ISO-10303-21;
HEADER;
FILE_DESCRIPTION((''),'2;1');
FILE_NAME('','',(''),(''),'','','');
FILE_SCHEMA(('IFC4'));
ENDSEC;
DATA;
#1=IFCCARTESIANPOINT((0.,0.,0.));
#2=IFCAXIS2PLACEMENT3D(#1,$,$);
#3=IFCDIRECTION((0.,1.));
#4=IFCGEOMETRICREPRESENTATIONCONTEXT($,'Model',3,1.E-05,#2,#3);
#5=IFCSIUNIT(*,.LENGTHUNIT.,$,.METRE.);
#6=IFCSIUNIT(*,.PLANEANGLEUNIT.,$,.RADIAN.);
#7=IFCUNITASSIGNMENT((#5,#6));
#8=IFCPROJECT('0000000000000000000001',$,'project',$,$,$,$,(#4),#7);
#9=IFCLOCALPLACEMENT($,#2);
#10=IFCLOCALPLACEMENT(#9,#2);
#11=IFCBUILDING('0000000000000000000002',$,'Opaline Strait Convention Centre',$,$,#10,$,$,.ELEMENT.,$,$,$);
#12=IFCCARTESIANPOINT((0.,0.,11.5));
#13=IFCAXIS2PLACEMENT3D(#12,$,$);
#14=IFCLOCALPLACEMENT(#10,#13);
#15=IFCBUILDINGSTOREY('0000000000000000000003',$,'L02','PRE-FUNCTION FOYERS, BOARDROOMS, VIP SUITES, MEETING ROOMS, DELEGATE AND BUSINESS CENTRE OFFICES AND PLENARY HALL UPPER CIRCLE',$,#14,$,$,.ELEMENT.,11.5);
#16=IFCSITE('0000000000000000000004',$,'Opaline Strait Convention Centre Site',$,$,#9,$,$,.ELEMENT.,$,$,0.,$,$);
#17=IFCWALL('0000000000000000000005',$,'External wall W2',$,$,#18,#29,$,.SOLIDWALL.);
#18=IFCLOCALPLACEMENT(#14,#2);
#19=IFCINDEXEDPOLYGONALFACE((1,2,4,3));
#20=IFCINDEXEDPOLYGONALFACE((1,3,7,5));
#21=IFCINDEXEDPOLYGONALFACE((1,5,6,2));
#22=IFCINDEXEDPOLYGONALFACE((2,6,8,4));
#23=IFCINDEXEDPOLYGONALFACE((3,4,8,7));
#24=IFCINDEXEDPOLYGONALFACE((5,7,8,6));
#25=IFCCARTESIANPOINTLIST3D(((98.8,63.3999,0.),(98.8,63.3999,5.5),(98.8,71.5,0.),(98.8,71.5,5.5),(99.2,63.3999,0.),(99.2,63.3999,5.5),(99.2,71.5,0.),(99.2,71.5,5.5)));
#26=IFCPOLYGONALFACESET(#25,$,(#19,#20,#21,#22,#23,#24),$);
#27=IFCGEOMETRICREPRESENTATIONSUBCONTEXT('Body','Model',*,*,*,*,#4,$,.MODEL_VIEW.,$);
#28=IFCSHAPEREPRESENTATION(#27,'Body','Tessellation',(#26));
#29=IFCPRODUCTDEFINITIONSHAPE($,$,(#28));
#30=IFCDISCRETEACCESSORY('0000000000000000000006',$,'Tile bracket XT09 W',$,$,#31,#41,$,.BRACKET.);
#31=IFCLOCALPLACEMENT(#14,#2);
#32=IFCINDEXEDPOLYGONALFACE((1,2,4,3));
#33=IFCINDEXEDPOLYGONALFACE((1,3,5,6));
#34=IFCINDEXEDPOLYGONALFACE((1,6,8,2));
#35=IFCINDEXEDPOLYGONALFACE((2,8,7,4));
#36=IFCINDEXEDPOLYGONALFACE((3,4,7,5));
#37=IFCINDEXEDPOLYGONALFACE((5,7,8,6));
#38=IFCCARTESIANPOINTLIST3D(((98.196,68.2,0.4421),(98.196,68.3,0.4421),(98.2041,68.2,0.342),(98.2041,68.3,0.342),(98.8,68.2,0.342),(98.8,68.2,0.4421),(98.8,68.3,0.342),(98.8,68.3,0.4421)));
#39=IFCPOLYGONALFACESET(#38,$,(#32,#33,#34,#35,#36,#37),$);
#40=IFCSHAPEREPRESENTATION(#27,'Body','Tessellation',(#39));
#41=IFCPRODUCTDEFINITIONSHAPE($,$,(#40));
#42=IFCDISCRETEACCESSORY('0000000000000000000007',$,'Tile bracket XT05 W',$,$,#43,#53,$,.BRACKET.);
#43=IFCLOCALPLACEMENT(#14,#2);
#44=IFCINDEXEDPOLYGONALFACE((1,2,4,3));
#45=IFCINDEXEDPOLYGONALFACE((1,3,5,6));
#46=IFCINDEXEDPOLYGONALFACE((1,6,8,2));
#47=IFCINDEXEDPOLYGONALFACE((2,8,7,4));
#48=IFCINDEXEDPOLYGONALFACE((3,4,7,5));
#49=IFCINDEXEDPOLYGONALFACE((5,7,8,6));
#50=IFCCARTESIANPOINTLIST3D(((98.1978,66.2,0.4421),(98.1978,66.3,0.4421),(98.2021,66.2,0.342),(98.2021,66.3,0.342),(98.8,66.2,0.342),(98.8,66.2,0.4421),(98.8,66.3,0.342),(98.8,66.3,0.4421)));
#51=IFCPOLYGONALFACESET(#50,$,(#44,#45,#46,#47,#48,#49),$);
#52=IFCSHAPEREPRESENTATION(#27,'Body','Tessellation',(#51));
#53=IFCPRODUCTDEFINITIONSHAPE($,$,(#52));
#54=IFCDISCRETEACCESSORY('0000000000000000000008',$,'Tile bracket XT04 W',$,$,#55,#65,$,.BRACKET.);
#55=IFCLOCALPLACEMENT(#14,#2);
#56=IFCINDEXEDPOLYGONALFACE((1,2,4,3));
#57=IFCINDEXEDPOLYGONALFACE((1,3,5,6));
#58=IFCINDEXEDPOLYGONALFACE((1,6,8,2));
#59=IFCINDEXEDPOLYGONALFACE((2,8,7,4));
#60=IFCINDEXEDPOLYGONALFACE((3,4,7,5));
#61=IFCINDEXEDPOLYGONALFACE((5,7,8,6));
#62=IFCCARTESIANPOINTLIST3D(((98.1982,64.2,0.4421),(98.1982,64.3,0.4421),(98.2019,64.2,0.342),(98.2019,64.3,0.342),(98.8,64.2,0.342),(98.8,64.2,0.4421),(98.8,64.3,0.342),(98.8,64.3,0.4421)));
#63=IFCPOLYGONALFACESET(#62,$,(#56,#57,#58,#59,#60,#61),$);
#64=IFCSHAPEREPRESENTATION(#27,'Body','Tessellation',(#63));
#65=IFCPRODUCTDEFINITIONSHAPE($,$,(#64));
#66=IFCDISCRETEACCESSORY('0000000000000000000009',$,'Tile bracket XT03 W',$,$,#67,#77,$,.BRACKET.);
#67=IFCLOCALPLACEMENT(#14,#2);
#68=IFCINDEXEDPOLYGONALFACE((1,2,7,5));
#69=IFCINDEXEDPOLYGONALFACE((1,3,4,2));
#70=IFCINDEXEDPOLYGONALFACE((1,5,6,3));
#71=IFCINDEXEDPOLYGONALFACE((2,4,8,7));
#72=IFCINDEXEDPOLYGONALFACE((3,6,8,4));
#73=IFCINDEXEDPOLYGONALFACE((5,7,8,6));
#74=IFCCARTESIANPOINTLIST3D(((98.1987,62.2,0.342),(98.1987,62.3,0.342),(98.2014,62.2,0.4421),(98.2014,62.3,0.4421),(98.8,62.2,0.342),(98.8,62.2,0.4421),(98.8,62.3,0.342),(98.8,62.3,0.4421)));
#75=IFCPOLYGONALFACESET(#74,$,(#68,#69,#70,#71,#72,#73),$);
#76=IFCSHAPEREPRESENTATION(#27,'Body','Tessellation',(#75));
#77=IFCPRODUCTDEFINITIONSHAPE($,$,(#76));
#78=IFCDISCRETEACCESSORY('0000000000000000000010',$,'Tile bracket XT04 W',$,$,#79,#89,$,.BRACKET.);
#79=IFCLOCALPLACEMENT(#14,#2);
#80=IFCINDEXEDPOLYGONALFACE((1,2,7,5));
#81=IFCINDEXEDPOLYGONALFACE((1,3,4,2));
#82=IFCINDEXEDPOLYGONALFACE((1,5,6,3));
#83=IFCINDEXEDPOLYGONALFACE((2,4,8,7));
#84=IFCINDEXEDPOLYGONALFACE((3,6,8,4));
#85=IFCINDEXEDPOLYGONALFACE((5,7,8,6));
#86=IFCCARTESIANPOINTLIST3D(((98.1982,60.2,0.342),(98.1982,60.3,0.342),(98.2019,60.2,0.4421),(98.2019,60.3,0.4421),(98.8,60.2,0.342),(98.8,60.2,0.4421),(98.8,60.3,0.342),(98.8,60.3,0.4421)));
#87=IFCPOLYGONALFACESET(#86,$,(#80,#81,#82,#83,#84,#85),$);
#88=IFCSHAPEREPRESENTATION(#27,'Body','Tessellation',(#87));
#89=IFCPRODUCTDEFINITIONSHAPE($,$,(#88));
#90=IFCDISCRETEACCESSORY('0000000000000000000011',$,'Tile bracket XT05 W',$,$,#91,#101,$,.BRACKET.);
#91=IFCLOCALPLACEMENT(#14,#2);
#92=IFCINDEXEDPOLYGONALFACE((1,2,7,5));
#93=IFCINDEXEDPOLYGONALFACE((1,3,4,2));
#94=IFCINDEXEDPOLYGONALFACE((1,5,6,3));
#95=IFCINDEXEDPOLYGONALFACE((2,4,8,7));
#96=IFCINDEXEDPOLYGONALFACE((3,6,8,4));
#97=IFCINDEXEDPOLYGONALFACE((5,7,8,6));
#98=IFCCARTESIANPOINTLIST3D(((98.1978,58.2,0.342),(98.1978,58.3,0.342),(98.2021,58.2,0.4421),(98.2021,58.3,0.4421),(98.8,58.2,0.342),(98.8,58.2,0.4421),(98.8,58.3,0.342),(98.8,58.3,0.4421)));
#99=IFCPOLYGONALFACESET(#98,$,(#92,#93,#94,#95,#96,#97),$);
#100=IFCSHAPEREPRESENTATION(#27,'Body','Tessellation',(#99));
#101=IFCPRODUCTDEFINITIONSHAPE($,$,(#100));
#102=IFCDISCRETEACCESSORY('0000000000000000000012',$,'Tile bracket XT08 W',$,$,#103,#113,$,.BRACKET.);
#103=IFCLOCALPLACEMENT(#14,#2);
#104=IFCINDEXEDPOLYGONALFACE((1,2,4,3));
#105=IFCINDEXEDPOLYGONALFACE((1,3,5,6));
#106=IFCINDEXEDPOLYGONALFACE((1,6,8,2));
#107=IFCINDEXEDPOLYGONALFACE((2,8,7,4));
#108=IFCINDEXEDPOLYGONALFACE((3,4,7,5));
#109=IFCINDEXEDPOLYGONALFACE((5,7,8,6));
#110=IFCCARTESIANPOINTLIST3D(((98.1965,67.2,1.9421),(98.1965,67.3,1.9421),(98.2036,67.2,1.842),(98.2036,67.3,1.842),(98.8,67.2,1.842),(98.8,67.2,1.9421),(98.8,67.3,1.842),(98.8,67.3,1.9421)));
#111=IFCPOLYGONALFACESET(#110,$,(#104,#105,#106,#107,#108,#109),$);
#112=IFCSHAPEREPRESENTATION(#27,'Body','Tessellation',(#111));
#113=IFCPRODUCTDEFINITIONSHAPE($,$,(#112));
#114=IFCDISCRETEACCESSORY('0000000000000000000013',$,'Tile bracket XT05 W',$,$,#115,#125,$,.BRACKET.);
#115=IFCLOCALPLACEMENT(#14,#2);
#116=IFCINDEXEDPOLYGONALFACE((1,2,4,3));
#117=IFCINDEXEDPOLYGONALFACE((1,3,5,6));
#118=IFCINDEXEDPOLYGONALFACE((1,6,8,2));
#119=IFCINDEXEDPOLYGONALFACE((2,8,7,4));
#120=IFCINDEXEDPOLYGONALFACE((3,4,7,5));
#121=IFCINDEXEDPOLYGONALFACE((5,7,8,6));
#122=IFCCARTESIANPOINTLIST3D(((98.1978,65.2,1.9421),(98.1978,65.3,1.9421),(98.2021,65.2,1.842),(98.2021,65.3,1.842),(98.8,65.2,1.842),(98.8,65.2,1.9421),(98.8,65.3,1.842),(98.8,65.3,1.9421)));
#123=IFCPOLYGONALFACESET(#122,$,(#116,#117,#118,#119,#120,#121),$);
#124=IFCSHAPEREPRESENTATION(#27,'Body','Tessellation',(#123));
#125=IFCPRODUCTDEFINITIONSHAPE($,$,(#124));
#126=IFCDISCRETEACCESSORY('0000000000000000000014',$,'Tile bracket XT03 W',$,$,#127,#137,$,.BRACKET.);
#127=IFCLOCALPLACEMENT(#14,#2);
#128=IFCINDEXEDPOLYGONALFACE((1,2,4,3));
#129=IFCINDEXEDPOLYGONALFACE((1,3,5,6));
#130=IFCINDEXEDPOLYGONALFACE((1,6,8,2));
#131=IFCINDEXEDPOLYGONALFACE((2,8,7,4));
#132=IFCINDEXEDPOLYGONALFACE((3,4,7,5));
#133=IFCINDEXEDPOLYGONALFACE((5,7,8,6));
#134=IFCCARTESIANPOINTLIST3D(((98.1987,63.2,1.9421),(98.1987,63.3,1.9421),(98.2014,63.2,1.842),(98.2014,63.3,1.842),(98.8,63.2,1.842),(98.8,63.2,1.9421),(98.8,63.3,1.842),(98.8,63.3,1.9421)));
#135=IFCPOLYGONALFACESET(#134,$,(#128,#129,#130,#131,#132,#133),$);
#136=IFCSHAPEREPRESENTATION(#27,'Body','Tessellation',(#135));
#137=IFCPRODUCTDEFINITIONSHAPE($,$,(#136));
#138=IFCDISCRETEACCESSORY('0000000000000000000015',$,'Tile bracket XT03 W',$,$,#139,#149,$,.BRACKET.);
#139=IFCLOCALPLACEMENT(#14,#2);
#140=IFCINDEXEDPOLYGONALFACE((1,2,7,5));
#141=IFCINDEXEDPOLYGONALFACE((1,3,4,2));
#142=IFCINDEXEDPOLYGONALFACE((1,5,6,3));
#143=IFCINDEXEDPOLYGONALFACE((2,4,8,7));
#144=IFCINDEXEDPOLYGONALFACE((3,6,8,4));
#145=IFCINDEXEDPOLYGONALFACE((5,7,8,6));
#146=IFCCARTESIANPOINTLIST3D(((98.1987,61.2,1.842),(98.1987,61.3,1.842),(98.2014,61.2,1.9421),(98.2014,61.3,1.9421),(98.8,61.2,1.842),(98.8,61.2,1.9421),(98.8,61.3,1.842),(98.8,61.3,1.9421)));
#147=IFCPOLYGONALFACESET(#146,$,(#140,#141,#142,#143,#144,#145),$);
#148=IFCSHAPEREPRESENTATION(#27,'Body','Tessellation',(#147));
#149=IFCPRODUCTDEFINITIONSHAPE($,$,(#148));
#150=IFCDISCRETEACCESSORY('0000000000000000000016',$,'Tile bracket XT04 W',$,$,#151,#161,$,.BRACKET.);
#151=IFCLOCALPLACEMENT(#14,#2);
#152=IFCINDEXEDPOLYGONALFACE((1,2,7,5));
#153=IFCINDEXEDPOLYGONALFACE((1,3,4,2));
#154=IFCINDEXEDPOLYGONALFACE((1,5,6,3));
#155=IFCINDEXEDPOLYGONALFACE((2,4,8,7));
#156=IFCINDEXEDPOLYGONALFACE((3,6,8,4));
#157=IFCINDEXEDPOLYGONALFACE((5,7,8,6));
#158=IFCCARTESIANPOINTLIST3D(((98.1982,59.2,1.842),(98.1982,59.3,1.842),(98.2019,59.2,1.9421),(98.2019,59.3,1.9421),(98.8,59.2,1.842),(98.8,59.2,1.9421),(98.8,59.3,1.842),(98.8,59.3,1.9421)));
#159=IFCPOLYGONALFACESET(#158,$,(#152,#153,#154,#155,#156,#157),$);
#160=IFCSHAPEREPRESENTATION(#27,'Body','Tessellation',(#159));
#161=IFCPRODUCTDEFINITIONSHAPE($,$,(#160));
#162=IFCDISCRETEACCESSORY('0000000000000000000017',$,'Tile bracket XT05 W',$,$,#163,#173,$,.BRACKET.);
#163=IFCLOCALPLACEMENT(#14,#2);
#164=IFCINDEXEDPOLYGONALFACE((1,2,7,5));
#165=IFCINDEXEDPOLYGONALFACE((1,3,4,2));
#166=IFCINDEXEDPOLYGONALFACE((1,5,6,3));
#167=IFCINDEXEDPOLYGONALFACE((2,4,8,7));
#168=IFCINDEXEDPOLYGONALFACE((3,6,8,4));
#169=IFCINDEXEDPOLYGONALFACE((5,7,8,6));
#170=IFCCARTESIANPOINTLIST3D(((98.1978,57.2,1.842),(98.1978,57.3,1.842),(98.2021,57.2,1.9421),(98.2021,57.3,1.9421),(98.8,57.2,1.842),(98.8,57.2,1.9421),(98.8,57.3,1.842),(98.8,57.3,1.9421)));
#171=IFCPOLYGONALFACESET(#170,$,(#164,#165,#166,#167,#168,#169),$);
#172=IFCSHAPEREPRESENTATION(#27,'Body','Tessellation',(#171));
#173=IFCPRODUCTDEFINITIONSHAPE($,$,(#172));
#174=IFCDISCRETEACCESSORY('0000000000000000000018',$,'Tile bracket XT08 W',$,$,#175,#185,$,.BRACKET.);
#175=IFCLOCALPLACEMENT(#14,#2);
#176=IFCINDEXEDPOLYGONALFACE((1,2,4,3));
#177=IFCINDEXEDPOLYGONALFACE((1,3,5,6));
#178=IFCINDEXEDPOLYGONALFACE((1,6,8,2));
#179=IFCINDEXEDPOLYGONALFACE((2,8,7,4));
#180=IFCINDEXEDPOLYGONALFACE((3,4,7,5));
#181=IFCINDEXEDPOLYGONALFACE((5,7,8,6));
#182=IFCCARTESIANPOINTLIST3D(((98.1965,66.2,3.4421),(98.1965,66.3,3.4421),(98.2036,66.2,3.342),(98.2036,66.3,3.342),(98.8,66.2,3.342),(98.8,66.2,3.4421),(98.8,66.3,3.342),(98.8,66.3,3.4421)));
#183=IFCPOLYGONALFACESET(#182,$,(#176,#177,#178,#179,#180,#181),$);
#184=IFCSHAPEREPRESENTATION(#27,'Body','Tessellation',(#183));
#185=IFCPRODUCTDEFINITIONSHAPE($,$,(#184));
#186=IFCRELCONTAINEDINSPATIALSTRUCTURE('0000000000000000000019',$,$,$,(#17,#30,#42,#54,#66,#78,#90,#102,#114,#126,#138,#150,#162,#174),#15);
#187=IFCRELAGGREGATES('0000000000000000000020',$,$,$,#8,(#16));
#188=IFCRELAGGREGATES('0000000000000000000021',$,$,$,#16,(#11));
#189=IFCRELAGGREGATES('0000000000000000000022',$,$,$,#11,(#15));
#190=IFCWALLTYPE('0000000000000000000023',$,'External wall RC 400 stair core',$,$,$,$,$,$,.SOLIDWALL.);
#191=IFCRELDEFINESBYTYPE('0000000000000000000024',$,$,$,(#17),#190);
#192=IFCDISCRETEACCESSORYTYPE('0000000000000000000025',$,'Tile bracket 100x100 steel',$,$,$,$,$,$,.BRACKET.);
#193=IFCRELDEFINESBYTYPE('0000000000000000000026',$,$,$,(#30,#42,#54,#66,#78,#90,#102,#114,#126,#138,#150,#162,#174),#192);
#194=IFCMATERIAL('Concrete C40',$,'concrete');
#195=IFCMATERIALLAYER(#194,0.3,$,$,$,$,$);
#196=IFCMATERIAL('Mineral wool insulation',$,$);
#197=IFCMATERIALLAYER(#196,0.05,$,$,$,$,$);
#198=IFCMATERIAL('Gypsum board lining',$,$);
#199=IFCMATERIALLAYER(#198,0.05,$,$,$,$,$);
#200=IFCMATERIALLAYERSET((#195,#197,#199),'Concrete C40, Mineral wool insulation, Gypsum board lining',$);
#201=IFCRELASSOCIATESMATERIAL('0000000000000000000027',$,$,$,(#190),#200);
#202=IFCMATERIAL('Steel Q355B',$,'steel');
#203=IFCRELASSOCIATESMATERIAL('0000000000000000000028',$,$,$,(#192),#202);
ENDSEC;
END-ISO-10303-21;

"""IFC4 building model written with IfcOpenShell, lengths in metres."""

from ifc_helpers import new_model, si_unit, direction, frame, frame_2d, origin, place, context, subcontext, project, spatial, polyline, rectangle, outline, extrude, material, layer, layer_set, type_object, element, save


model = new_model("IFC4")

# Units and contexts
model_context = context("Model", 3, precision=1e-05, world=origin(), true_north=direction((0.0, 1.0)))
body_context = subcontext(model_context, "Body", "Model", "MODEL_VIEW")
ifc_project = project(units=[si_unit("LENGTHUNIT", "METRE"), si_unit("PLANEANGLEUNIT", "RADIAN")], contexts=[model_context])

# Site, building, storey
site_placement = place(None, origin())
site = spatial("IfcSite", under=ifc_project, at=site_placement, Name="Opaline Strait Convention Centre Site", CompositionType="ELEMENT", RefElevation=0.0)
building_placement = place(site_placement, origin())
building = spatial("IfcBuilding", under=site, at=building_placement, Name="Opaline Strait Convention Centre", CompositionType="ELEMENT")
storey_placement = place(building_placement, frame((0.0, 0.0, 11.5)))
storey = spatial("IfcBuildingStorey", under=building, at=storey_placement, Name="L02", Description="PRE-FUNCTION FOYERS, BOARDROOMS, VIP SUITES, MEETING ROOMS, DELEGATE AND BUSINESS CENTRE OFFICES AND PLENARY HALL UPPER CIRCLE", CompositionType="ELEMENT", Elevation=11.5)

# Wall
ifc_material_1 = material(Name="Concrete C40", Category="concrete")
ifc_layer_1 = layer(ifc_material_1, 0.3)
ifc_material_2 = material(Name="Mineral wool insulation")
ifc_layer_2 = layer(ifc_material_2, 0.05)
ifc_material_3 = material(Name="Gypsum board lining")
ifc_layer_3 = layer(ifc_material_3, 0.05)
ifc_layer_set = layer_set([ifc_layer_1, ifc_layer_2, ifc_layer_3], Name="Concrete C40, Mineral wool insulation, Gypsum board lining")
wall_type = type_object("IfcWallType", Name="External wall RC 400 stair core", PredefinedType="SOLIDWALL", material=ifc_layer_set)
wall_placement = place(storey_placement, frame((99.0, 63.3999, 0.0), z_axis=(0.0, 0.0, 1.0), x_axis=(0.0, 1.0, 0.0)))
element("IfcWall", 1, at=wall_placement, inside=storey, type_object=wall_type, Name="External wall W2", PredefinedType="SOLIDWALL", context=body_context, shape_type="SweptSolid", body=[
    extrude(rectangle(XDim=8.1001, YDim=0.3999, at=frame_2d((4.05, 0.0))), origin(), (0.0, 0.0, 1.0), 5.5),
])

# Discrete accessories
ifc_material_4 = material(Name="Steel Q355B", Category="steel")
discrete_accessory_type = type_object("IfcDiscreteAccessoryType", Name="Tile bracket 100x100 steel", PredefinedType="BRACKET", material=ifc_material_4)
discrete_accessory_1_placement = place(storey_placement, frame((98.8, 68.3, 0.3921), z_axis=(0.0, -1.0, 0.0), x_axis=(1.0, 0.0, 0.0)))
element("IfcDiscreteAccessory", 2, at=discrete_accessory_1_placement, inside=storey, type_object=discrete_accessory_type, Name="Tile bracket XT09 W", PredefinedType="BRACKET", context=body_context, shape_type="SweptSolid", body=[
    extrude(outline(polyline([(0.0, -0.05), (0.0, 0.05), (-0.604, 0.05), (-0.5959, -0.05), (0.0, -0.05)])), origin(), (0.0, 0.0, 1.0), 0.1001),
])
discrete_accessory_2_placement = place(storey_placement, frame((98.8, 66.3, 0.3921), z_axis=(0.0, -1.0, 0.0), x_axis=(1.0, 0.0, 0.0)))
element("IfcDiscreteAccessory", 3, at=discrete_accessory_2_placement, inside=storey, type_object=discrete_accessory_type, Name="Tile bracket XT05 W", PredefinedType="BRACKET", context=body_context, shape_type="SweptSolid", body=[
    extrude(outline(polyline([(0.0, -0.05), (0.0, 0.05), (-0.6023, 0.05), (-0.5979, -0.05), (0.0, -0.05)])), origin(), (0.0, 0.0, 1.0), 0.1001),
])
discrete_accessory_3_placement = place(storey_placement, frame((98.8, 64.3, 0.3921), z_axis=(0.0, -1.0, 0.0), x_axis=(1.0, 0.0, 0.0)))
element("IfcDiscreteAccessory", 4, at=discrete_accessory_3_placement, inside=storey, type_object=discrete_accessory_type, Name="Tile bracket XT04 W", PredefinedType="BRACKET", context=body_context, shape_type="SweptSolid", body=[
    extrude(outline(polyline([(0.0, -0.05), (0.0, 0.05), (-0.6018, 0.05), (-0.5981, -0.05), (0.0, -0.05)])), origin(), (0.0, 0.0, 1.0), 0.1001),
])
discrete_accessory_4_placement = place(storey_placement, frame((98.8, 62.3, 0.3921), z_axis=(0.0, -1.0, 0.0), x_axis=(1.0, 0.0, 0.0)))
element("IfcDiscreteAccessory", 5, at=discrete_accessory_4_placement, inside=storey, type_object=discrete_accessory_type, Name="Tile bracket XT03 W", PredefinedType="BRACKET", context=body_context, shape_type="SweptSolid", body=[
    extrude(outline(polyline([(0.0, -0.05), (0.0, 0.05), (-0.5986, 0.05), (-0.6013, -0.05), (0.0, -0.05)])), origin(), (0.0, 0.0, 1.0), 0.1001),
])
discrete_accessory_5_placement = place(storey_placement, frame((98.8, 60.3, 0.3921), z_axis=(0.0, -1.0, 0.0), x_axis=(1.0, 0.0, 0.0)))
element("IfcDiscreteAccessory", 6, at=discrete_accessory_5_placement, inside=storey, type_object=discrete_accessory_type, Name="Tile bracket XT04 W", PredefinedType="BRACKET", context=body_context, shape_type="SweptSolid", body=[
    extrude(outline(polyline([(0.0, -0.05), (0.0, 0.05), (-0.5981, 0.05), (-0.6018, -0.05), (0.0, -0.05)])), origin(), (0.0, 0.0, 1.0), 0.1001),
])
discrete_accessory_6_placement = place(storey_placement, frame((98.8, 58.3, 0.3921), z_axis=(0.0, -1.0, 0.0), x_axis=(1.0, 0.0, 0.0)))
element("IfcDiscreteAccessory", 7, at=discrete_accessory_6_placement, inside=storey, type_object=discrete_accessory_type, Name="Tile bracket XT05 W", PredefinedType="BRACKET", context=body_context, shape_type="SweptSolid", body=[
    extrude(outline(polyline([(0.0, -0.05), (0.0, 0.05), (-0.5979, 0.05), (-0.6023, -0.05), (0.0, -0.05)])), origin(), (0.0, 0.0, 1.0), 0.1001),
])
discrete_accessory_7_placement = place(storey_placement, frame((98.8, 67.3, 1.8921), z_axis=(0.0, -1.0, 0.0), x_axis=(1.0, 0.0, 0.0)))
element("IfcDiscreteAccessory", 8, at=discrete_accessory_7_placement, inside=storey, type_object=discrete_accessory_type, Name="Tile bracket XT08 W", PredefinedType="BRACKET", context=body_context, shape_type="SweptSolid", body=[
    extrude(outline(polyline([(0.0, -0.05), (0.0, 0.05), (-0.6035, 0.05), (-0.5964, -0.05), (0.0, -0.05)])), origin(), (0.0, 0.0, 1.0), 0.1001),
])
discrete_accessory_8_placement = place(storey_placement, frame((98.8, 65.3, 1.8921), z_axis=(0.0, -1.0, 0.0), x_axis=(1.0, 0.0, 0.0)))
element("IfcDiscreteAccessory", 9, at=discrete_accessory_8_placement, inside=storey, type_object=discrete_accessory_type, Name="Tile bracket XT05 W", PredefinedType="BRACKET", context=body_context, shape_type="SweptSolid", body=[
    extrude(outline(polyline([(0.0, -0.05), (0.0, 0.05), (-0.6023, 0.05), (-0.5979, -0.05), (0.0, -0.05)])), origin(), (0.0, 0.0, 1.0), 0.1001),
])
discrete_accessory_9_placement = place(storey_placement, frame((98.8, 63.3, 1.8921), z_axis=(0.0, -1.0, 0.0), x_axis=(1.0, 0.0, 0.0)))
element("IfcDiscreteAccessory", 10, at=discrete_accessory_9_placement, inside=storey, type_object=discrete_accessory_type, Name="Tile bracket XT03 W", PredefinedType="BRACKET", context=body_context, shape_type="SweptSolid", body=[
    extrude(outline(polyline([(0.0, -0.05), (0.0, 0.05), (-0.6013, 0.05), (-0.5986, -0.05), (0.0, -0.05)])), origin(), (0.0, 0.0, 1.0), 0.1001),
])
discrete_accessory_10_placement = place(storey_placement, frame((98.8, 61.3, 1.8921), z_axis=(0.0, -1.0, 0.0), x_axis=(1.0, 0.0, 0.0)))
element("IfcDiscreteAccessory", 11, at=discrete_accessory_10_placement, inside=storey, type_object=discrete_accessory_type, Name="Tile bracket XT03 W", PredefinedType="BRACKET", context=body_context, shape_type="SweptSolid", body=[
    extrude(outline(polyline([(0.0, -0.05), (0.0, 0.05), (-0.5986, 0.05), (-0.6013, -0.05), (0.0, -0.05)])), origin(), (0.0, 0.0, 1.0), 0.1001),
])
discrete_accessory_11_placement = place(storey_placement, frame((98.8, 59.3, 1.8921), z_axis=(0.0, -1.0, 0.0), x_axis=(1.0, 0.0, 0.0)))
element("IfcDiscreteAccessory", 12, at=discrete_accessory_11_placement, inside=storey, type_object=discrete_accessory_type, Name="Tile bracket XT04 W", PredefinedType="BRACKET", context=body_context, shape_type="SweptSolid", body=[
    extrude(outline(polyline([(0.0, -0.05), (0.0, 0.05), (-0.5981, 0.05), (-0.6018, -0.05), (0.0, -0.05)])), origin(), (0.0, 0.0, 1.0), 0.1001),
])
discrete_accessory_12_placement = place(storey_placement, frame((98.8, 57.3, 1.8921), z_axis=(0.0, -1.0, 0.0), x_axis=(1.0, 0.0, 0.0)))
element("IfcDiscreteAccessory", 13, at=discrete_accessory_12_placement, inside=storey, type_object=discrete_accessory_type, Name="Tile bracket XT05 W", PredefinedType="BRACKET", context=body_context, shape_type="SweptSolid", body=[
    extrude(outline(polyline([(0.0, -0.05), (0.0, 0.05), (-0.5979, 0.05), (-0.6023, -0.05), (0.0, -0.05)])), origin(), (0.0, 0.0, 1.0), 0.1001),
])
discrete_accessory_13_placement = place(storey_placement, frame((98.8, 66.3, 3.3921), z_axis=(0.0, -1.0, 0.0), x_axis=(1.0, 0.0, 0.0)))
element("IfcDiscreteAccessory", 14, at=discrete_accessory_13_placement, inside=storey, type_object=discrete_accessory_type, Name="Tile bracket XT08 W", PredefinedType="BRACKET", context=body_context, shape_type="SweptSolid", body=[
    extrude(outline(polyline([(0.0, -0.05), (0.0, 0.05), (-0.6035, 0.05), (-0.5964, -0.05), (0.0, -0.05)])), origin(), (0.0, 0.0, 1.0), 0.1001),
])

save(model, "model.ifc")
